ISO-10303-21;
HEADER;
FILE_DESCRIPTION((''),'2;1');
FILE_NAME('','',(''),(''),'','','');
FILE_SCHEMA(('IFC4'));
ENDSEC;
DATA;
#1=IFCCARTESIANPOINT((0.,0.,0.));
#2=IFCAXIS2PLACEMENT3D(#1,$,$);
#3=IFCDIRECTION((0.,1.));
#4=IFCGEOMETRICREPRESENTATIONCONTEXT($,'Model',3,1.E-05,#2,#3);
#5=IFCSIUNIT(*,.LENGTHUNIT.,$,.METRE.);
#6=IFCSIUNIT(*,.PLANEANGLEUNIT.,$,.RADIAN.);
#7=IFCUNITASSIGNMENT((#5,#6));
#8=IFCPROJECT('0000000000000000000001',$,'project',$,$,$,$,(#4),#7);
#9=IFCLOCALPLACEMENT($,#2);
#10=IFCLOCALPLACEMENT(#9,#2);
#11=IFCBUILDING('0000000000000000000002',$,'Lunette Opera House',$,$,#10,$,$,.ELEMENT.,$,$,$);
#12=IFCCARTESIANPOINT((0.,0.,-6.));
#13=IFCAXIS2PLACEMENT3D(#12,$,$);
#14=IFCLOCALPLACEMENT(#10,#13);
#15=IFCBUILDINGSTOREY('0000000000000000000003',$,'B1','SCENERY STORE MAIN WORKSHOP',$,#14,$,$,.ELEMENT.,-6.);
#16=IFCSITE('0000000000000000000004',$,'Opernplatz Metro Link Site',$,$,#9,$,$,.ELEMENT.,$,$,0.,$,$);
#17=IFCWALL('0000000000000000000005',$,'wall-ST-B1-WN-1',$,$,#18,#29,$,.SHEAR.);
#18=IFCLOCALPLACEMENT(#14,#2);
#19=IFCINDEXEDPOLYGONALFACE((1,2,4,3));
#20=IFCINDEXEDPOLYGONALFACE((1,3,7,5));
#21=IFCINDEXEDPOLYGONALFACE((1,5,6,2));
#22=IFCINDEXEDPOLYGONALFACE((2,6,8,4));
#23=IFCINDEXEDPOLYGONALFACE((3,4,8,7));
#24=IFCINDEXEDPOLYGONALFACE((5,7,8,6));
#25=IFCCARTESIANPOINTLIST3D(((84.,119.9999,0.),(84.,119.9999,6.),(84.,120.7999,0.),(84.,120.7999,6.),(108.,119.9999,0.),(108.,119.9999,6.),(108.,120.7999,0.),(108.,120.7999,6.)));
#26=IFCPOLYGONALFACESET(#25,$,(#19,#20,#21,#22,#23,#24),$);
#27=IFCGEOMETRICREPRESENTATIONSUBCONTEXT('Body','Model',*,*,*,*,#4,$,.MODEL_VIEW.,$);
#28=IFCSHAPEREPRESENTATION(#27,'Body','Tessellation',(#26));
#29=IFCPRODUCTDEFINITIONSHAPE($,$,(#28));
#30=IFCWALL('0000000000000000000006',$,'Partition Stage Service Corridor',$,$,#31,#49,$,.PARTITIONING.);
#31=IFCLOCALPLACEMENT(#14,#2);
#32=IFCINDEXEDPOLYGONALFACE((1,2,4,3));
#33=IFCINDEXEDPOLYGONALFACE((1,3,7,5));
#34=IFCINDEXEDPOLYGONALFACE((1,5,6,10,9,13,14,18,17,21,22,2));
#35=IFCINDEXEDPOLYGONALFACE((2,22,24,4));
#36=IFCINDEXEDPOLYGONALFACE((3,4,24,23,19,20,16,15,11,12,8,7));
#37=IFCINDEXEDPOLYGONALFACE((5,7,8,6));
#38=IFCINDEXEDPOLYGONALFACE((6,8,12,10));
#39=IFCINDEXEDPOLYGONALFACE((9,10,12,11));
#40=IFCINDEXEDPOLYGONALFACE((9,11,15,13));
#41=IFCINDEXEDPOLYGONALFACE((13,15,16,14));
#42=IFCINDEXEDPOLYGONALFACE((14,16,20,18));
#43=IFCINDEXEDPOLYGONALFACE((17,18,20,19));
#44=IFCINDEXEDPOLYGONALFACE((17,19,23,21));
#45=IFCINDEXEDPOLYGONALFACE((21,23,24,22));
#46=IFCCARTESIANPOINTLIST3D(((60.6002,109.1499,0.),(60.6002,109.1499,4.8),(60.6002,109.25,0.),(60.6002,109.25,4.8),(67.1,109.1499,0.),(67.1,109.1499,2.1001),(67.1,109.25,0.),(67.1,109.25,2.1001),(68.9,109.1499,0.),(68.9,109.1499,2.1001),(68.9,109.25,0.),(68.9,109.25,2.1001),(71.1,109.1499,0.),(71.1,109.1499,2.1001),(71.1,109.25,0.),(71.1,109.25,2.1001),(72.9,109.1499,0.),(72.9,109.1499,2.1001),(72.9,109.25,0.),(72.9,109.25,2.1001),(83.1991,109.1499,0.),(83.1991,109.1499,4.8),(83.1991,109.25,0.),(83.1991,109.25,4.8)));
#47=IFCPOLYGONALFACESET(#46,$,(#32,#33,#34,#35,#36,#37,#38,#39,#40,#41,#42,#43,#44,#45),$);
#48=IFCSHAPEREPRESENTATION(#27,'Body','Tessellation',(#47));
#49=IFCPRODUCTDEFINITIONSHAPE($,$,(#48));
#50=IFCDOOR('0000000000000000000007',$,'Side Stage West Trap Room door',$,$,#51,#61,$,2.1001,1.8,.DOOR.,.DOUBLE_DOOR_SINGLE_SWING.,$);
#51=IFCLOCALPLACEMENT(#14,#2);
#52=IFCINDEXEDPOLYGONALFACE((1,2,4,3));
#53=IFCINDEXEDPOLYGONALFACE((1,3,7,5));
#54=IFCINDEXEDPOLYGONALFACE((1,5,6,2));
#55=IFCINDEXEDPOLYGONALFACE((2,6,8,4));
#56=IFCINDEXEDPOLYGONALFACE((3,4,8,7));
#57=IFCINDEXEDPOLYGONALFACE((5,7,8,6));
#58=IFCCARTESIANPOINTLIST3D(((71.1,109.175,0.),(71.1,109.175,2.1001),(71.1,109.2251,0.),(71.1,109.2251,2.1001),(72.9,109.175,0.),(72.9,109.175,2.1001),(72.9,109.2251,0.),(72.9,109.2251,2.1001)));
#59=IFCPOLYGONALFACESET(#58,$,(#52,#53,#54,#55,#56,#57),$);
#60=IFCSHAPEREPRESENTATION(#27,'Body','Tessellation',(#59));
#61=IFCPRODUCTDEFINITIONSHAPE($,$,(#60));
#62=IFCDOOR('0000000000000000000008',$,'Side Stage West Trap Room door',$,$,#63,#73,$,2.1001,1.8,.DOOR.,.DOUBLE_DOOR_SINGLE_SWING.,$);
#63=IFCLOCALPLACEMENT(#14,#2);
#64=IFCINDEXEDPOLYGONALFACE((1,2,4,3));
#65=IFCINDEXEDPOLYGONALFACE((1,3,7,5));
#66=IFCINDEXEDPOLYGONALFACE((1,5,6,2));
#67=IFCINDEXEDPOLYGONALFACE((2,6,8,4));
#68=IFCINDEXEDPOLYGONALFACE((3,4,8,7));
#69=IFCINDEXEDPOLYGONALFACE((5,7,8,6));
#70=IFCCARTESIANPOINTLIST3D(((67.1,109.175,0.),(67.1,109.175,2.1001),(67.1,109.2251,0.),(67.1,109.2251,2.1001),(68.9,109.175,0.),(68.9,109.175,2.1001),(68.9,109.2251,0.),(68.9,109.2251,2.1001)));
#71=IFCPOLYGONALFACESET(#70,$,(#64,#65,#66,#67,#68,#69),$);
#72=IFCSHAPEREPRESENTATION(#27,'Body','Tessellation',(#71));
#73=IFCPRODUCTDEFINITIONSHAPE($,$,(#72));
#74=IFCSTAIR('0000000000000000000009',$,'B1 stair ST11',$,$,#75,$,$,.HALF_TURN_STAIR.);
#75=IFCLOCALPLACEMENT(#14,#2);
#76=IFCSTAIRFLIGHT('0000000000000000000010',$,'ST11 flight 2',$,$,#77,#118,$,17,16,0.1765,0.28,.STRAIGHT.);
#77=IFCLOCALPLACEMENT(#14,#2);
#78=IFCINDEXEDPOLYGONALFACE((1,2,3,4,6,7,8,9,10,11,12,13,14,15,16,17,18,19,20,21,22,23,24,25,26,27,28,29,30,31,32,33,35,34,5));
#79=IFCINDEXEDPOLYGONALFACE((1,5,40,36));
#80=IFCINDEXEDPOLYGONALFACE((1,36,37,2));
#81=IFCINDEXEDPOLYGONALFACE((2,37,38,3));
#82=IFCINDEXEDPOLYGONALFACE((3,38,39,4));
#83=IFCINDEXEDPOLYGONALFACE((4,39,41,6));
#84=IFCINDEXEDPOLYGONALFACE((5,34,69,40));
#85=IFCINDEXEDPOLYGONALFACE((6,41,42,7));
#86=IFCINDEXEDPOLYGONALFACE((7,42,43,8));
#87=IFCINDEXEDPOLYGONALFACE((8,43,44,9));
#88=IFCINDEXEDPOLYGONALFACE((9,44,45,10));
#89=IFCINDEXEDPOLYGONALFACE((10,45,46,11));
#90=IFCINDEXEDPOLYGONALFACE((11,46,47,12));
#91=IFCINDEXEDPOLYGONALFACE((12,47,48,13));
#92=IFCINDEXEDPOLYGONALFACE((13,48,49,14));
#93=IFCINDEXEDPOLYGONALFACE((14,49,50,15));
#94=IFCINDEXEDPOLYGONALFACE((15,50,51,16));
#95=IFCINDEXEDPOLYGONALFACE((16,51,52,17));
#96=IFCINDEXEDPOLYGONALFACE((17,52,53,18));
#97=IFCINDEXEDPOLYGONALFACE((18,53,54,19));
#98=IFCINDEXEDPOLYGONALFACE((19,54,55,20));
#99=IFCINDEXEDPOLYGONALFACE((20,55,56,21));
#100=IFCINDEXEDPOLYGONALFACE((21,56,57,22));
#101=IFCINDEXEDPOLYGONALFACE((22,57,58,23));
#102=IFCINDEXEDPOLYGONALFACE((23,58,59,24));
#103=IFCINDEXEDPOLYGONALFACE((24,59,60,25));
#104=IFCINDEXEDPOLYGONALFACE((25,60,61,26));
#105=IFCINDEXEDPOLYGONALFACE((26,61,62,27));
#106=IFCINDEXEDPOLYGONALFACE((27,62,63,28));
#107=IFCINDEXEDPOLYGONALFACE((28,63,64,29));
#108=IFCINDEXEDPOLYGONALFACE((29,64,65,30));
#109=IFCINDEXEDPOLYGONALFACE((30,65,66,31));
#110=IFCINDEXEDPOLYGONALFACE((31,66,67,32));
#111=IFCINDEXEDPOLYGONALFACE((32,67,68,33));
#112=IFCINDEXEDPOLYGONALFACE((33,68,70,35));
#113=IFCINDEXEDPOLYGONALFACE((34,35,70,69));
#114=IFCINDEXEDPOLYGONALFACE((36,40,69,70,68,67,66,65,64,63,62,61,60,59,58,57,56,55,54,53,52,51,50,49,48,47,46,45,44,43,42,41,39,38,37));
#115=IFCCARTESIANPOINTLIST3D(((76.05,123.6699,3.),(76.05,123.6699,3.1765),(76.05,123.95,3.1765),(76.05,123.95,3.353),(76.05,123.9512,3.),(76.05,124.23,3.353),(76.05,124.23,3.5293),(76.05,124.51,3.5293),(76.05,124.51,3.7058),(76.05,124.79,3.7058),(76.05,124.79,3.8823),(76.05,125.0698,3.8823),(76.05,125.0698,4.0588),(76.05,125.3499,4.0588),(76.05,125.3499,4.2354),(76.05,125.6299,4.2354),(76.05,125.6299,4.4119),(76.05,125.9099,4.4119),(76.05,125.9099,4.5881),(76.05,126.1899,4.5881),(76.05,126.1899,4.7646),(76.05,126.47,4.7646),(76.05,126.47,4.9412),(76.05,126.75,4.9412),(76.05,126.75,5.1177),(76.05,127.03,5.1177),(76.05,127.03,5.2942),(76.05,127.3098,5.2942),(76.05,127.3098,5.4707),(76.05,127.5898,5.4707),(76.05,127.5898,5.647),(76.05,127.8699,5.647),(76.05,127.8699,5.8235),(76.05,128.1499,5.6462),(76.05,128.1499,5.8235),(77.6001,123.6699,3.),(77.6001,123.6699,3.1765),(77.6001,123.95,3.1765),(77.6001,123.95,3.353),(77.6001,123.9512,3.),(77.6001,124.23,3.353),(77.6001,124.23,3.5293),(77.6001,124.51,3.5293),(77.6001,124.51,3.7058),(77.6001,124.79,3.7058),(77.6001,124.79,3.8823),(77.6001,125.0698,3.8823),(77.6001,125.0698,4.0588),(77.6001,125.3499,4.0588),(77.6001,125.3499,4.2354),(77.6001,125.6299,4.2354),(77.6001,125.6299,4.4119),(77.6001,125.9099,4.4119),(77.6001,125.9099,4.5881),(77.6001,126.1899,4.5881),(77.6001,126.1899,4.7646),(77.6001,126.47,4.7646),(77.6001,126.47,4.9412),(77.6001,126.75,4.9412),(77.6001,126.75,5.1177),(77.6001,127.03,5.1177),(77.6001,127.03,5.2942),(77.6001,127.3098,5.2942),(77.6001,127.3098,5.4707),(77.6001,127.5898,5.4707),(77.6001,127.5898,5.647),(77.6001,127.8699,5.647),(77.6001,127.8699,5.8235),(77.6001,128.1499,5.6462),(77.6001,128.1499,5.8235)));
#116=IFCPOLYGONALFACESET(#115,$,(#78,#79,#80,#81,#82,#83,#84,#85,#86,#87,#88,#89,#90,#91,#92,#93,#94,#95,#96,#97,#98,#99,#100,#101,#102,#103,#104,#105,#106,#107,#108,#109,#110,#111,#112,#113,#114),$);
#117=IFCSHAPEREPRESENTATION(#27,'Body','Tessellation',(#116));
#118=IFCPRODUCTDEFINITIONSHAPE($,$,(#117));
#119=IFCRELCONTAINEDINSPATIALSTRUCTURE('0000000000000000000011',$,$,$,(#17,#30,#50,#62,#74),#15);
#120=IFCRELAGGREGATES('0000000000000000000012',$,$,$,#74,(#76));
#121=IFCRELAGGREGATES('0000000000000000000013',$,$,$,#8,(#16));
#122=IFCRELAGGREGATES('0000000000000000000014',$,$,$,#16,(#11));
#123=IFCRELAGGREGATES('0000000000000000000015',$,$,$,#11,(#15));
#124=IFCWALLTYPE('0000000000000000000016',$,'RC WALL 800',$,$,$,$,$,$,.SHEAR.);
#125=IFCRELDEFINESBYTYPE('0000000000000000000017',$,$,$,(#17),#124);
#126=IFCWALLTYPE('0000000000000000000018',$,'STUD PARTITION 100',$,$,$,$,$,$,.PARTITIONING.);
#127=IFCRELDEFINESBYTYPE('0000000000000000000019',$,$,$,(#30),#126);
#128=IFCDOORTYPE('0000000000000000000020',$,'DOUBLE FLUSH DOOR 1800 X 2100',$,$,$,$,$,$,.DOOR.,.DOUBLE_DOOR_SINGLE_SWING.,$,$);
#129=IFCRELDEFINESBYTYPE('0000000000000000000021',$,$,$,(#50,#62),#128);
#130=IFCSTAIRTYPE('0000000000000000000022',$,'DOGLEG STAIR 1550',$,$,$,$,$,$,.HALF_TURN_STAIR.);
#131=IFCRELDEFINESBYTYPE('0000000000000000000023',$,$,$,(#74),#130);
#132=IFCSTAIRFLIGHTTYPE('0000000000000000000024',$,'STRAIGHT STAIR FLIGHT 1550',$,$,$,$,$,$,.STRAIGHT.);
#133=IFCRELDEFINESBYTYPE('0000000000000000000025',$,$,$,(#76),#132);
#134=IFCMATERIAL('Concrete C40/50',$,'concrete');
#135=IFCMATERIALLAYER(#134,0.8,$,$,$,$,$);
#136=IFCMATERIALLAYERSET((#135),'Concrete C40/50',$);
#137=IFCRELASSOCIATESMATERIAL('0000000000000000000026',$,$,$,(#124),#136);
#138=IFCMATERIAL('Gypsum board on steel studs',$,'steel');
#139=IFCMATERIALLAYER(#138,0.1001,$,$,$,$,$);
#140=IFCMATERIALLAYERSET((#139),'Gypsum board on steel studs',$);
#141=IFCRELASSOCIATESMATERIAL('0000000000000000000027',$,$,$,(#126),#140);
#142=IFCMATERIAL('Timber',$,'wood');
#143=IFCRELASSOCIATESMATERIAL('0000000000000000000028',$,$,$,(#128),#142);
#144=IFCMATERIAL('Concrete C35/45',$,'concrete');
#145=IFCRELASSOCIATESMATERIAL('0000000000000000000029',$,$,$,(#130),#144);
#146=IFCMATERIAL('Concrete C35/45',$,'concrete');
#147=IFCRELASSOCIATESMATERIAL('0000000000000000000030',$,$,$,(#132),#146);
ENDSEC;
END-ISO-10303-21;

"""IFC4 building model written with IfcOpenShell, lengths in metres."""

from ifc_helpers import new_model, si_unit, direction, frame, frame_2d, origin, place, context, subcontext, project, spatial, polyline, rectangle, outline, extrude, material, layer, layer_set, type_object, element, fill, aggregate, save


model = new_model("IFC4")

# Units and contexts
model_context = context("Model", 3, precision=1e-05, world=origin(), true_north=direction((0.0, 1.0)))
body_context = subcontext(model_context, "Body", "Model", "MODEL_VIEW")
ifc_project = project(units=[si_unit("LENGTHUNIT", "METRE"), si_unit("PLANEANGLEUNIT", "RADIAN")], contexts=[model_context])

# Site, building, storey
site_placement = place(None, origin())
site = spatial("IfcSite", under=ifc_project, at=site_placement, Name="Opernplatz Metro Link Site", CompositionType="ELEMENT", RefElevation=0.0)
building_placement = place(site_placement, origin())
building = spatial("IfcBuilding", under=site, at=building_placement, Name="Lunette Opera House", CompositionType="ELEMENT")
storey_placement = place(building_placement, frame((0.0, 0.0, -6.0)))
storey = spatial("IfcBuildingStorey", under=building, at=storey_placement, Name="B1", Description="SCENERY STORE MAIN WORKSHOP", CompositionType="ELEMENT", Elevation=-6.0)

# Wall
ifc_material_1 = material(Name="Concrete C40/50", Category="concrete")
ifc_layer_1 = layer(ifc_material_1, 0.8)
ifc_layer_set_1 = layer_set([ifc_layer_1], Name="Concrete C40/50")
wall_type_1 = type_object("IfcWallType", Name="RC WALL 800", PredefinedType="SHEAR", material=ifc_layer_set_1)
wall_1_placement = place(storey_placement, frame((84.0, 120.3999, 0.0), z_axis=(0.0, 0.0, 1.0), x_axis=(1.0, 0.0, 0.0)))
element("IfcWall", 1, at=wall_1_placement, inside=storey, type_object=wall_type_1, Name="wall-ST-B1-WN-1", PredefinedType="SHEAR", context=body_context, shape_type="SweptSolid", body=[
    extrude(rectangle(XDim=24.0, YDim=0.8, at=frame_2d((12.0, 0.0))), origin(), (0.0, 0.0, 1.0), 6.0),
])

# Wall, openings, doors
ifc_material_2 = material(Name="Gypsum board on steel studs", Category="steel")
ifc_layer_2 = layer(ifc_material_2, 0.1001)
ifc_layer_set_2 = layer_set([ifc_layer_2], Name="Gypsum board on steel studs")
wall_type_2 = type_object("IfcWallType", Name="STUD PARTITION 100", PredefinedType="PARTITIONING", material=ifc_layer_set_2)
wall_2_placement = place(storey_placement, frame((83.199, 109.2, 0.0), z_axis=(0.0, 0.0, 1.0), x_axis=(-1.0, 0.0, 0.0)))
wall_2 = element("IfcWall", 2, at=wall_2_placement, inside=storey, type_object=wall_type_2, Name="Partition Stage Service Corridor", PredefinedType="PARTITIONING", context=body_context, shape_type="SweptSolid", body=[
    extrude(rectangle(XDim=22.5989, YDim=0.1001, at=frame_2d((11.2993, 0.0))), origin(), (0.0, 0.0, 1.0), 4.8),
])
opening_1_placement = place(wall_2_placement, frame((10.2991, 0.0, 0.0)))
opening_1 = element("IfcOpeningElement", 3, at=opening_1_placement, cuts=wall_2, PredefinedType="OPENING", context=body_context, shape_type="SweptSolid", body=[
    extrude(rectangle(XDim=1.8, YDim=2.1001, at=frame_2d((0.8999, 1.05))), frame((0.0, 0.062, 0.0), z_axis=(0.0, -1.0, 0.0), x_axis=(1.0, 0.0, 0.0)), (0.0, 0.0, 1.0), 0.124),
])
opening_2_placement = place(wall_2_placement, frame((14.2991, 0.0, 0.0)))
opening_2 = element("IfcOpeningElement", 4, at=opening_2_placement, cuts=wall_2, PredefinedType="OPENING", context=body_context, shape_type="SweptSolid", body=[
    extrude(rectangle(XDim=1.8, YDim=2.1001, at=frame_2d((0.8999, 1.05))), frame((0.0, 0.062, 0.0), z_axis=(0.0, -1.0, 0.0), x_axis=(1.0, 0.0, 0.0)), (0.0, 0.0, 1.0), 0.124),
])
ifc_material_3 = material(Name="Timber", Category="wood")
door_type_1 = type_object("IfcDoorType", Name="DOUBLE FLUSH DOOR 1800 X 2100", OperationType="DOUBLE_DOOR_SINGLE_SWING", PredefinedType="DOOR", material=ifc_material_3)
door_1_placement = place(opening_1_placement, origin())
door_1 = element("IfcDoor", 5, at=door_1_placement, inside=storey, type_object=door_type_1, Name="Side Stage West Trap Room door", OperationType="DOUBLE_DOOR_SINGLE_SWING", OverallHeight=2.1001, OverallWidth=1.8, PredefinedType="DOOR", context=body_context, shape_type="SweptSolid", body=[
    extrude(rectangle(XDim=1.8, YDim=2.1001, at=frame_2d((0.8999, 1.05))), frame((0.0, 0.0249, 0.0), z_axis=(0.0, -1.0, 0.0), x_axis=(1.0, 0.0, 0.0)), (0.0, 0.0, 1.0), 0.05),
])
fill(opening_1, door_1)
door_2_placement = place(opening_2_placement, origin())
door_2 = element("IfcDoor", 6, at=door_2_placement, inside=storey, type_object=door_type_1, Name="Side Stage West Trap Room door", OperationType="DOUBLE_DOOR_SINGLE_SWING", OverallHeight=2.1001, OverallWidth=1.8, PredefinedType="DOOR", context=body_context, shape_type="SweptSolid", body=[
    extrude(rectangle(XDim=1.8, YDim=2.1001, at=frame_2d((0.8999, 1.05))), frame((0.0, 0.0249, 0.0), z_axis=(0.0, -1.0, 0.0), x_axis=(1.0, 0.0, 0.0)), (0.0, 0.0, 1.0), 0.05),
])
fill(opening_2, door_2)

# Stair, stair flight
ifc_material_4 = material(Name="Concrete C35/45", Category="concrete")
stair_type = type_object("IfcStairType", Name="DOGLEG STAIR 1550", PredefinedType="HALF_TURN_STAIR", material=ifc_material_4)
stair_placement = place(storey_placement, origin())
stair = element("IfcStair", 7, at=stair_placement, inside=storey, type_object=stair_type, Name="B1 stair ST11", PredefinedType="HALF_TURN_STAIR")
ifc_material_5 = material(Name="Concrete C35/45", Category="concrete")
stair_flight_type = type_object("IfcStairFlightType", Name="STRAIGHT STAIR FLIGHT 1550", PredefinedType="STRAIGHT", material=ifc_material_5)
stair_flight_placement = place(storey_placement, frame((76.825, 123.6699, 3.0), z_axis=(0.0, 0.0, 1.0), x_axis=(0.0, 1.0, 0.0)))
stair_flight = element("IfcStairFlight", 8, at=stair_flight_placement, type_object=stair_flight_type, Name="ST11 flight 2", NumberOfRisers=17, NumberOfTreads=16, PredefinedType="STRAIGHT", RiserHeight=0.1765, TreadLength=0.28, context=body_context, shape_type="SweptSolid", body=[
    extrude(outline(polyline([(0.0, 0.0), (0.0, 0.1765), (0.28, 0.1765), (0.28, 0.353), (0.5601, 0.353), (0.5601, 0.5293), (0.8401, 0.5293), (0.8401, 0.7058), (1.1201, 0.7058), (1.1201, 0.8823), (1.3999, 0.8823), (1.3999, 1.0588), (1.6799, 1.0588), (1.6799, 1.2354), (1.96, 1.2354), (1.96, 1.4119), (2.24, 1.4119), (2.24, 1.5881), (2.52, 1.5881), (2.52, 1.7646), (2.8, 1.7646), (2.8, 1.9412), (3.0801, 1.9412), (3.0801, 2.1177), (3.3601, 2.1177), (3.3601, 2.2942), (3.6399, 2.2942), (3.6399, 2.4707), (3.9199, 2.4707), (3.9199, 2.647), (4.2, 2.647), (4.2, 2.8235), (4.48, 2.8235), (4.48, 3.0), (4.48, 2.6462), (0.2812, 0.0), (0.0, 0.0)])), frame((0.0, 0.7749, 0.0), z_axis=(0.0, -1.0, 0.0), x_axis=(1.0, 0.0, 0.0)), (0.0, 0.0, 1.0), 1.55),
])
aggregate(stair, [stair_flight])

save(model, "model.ifc")
